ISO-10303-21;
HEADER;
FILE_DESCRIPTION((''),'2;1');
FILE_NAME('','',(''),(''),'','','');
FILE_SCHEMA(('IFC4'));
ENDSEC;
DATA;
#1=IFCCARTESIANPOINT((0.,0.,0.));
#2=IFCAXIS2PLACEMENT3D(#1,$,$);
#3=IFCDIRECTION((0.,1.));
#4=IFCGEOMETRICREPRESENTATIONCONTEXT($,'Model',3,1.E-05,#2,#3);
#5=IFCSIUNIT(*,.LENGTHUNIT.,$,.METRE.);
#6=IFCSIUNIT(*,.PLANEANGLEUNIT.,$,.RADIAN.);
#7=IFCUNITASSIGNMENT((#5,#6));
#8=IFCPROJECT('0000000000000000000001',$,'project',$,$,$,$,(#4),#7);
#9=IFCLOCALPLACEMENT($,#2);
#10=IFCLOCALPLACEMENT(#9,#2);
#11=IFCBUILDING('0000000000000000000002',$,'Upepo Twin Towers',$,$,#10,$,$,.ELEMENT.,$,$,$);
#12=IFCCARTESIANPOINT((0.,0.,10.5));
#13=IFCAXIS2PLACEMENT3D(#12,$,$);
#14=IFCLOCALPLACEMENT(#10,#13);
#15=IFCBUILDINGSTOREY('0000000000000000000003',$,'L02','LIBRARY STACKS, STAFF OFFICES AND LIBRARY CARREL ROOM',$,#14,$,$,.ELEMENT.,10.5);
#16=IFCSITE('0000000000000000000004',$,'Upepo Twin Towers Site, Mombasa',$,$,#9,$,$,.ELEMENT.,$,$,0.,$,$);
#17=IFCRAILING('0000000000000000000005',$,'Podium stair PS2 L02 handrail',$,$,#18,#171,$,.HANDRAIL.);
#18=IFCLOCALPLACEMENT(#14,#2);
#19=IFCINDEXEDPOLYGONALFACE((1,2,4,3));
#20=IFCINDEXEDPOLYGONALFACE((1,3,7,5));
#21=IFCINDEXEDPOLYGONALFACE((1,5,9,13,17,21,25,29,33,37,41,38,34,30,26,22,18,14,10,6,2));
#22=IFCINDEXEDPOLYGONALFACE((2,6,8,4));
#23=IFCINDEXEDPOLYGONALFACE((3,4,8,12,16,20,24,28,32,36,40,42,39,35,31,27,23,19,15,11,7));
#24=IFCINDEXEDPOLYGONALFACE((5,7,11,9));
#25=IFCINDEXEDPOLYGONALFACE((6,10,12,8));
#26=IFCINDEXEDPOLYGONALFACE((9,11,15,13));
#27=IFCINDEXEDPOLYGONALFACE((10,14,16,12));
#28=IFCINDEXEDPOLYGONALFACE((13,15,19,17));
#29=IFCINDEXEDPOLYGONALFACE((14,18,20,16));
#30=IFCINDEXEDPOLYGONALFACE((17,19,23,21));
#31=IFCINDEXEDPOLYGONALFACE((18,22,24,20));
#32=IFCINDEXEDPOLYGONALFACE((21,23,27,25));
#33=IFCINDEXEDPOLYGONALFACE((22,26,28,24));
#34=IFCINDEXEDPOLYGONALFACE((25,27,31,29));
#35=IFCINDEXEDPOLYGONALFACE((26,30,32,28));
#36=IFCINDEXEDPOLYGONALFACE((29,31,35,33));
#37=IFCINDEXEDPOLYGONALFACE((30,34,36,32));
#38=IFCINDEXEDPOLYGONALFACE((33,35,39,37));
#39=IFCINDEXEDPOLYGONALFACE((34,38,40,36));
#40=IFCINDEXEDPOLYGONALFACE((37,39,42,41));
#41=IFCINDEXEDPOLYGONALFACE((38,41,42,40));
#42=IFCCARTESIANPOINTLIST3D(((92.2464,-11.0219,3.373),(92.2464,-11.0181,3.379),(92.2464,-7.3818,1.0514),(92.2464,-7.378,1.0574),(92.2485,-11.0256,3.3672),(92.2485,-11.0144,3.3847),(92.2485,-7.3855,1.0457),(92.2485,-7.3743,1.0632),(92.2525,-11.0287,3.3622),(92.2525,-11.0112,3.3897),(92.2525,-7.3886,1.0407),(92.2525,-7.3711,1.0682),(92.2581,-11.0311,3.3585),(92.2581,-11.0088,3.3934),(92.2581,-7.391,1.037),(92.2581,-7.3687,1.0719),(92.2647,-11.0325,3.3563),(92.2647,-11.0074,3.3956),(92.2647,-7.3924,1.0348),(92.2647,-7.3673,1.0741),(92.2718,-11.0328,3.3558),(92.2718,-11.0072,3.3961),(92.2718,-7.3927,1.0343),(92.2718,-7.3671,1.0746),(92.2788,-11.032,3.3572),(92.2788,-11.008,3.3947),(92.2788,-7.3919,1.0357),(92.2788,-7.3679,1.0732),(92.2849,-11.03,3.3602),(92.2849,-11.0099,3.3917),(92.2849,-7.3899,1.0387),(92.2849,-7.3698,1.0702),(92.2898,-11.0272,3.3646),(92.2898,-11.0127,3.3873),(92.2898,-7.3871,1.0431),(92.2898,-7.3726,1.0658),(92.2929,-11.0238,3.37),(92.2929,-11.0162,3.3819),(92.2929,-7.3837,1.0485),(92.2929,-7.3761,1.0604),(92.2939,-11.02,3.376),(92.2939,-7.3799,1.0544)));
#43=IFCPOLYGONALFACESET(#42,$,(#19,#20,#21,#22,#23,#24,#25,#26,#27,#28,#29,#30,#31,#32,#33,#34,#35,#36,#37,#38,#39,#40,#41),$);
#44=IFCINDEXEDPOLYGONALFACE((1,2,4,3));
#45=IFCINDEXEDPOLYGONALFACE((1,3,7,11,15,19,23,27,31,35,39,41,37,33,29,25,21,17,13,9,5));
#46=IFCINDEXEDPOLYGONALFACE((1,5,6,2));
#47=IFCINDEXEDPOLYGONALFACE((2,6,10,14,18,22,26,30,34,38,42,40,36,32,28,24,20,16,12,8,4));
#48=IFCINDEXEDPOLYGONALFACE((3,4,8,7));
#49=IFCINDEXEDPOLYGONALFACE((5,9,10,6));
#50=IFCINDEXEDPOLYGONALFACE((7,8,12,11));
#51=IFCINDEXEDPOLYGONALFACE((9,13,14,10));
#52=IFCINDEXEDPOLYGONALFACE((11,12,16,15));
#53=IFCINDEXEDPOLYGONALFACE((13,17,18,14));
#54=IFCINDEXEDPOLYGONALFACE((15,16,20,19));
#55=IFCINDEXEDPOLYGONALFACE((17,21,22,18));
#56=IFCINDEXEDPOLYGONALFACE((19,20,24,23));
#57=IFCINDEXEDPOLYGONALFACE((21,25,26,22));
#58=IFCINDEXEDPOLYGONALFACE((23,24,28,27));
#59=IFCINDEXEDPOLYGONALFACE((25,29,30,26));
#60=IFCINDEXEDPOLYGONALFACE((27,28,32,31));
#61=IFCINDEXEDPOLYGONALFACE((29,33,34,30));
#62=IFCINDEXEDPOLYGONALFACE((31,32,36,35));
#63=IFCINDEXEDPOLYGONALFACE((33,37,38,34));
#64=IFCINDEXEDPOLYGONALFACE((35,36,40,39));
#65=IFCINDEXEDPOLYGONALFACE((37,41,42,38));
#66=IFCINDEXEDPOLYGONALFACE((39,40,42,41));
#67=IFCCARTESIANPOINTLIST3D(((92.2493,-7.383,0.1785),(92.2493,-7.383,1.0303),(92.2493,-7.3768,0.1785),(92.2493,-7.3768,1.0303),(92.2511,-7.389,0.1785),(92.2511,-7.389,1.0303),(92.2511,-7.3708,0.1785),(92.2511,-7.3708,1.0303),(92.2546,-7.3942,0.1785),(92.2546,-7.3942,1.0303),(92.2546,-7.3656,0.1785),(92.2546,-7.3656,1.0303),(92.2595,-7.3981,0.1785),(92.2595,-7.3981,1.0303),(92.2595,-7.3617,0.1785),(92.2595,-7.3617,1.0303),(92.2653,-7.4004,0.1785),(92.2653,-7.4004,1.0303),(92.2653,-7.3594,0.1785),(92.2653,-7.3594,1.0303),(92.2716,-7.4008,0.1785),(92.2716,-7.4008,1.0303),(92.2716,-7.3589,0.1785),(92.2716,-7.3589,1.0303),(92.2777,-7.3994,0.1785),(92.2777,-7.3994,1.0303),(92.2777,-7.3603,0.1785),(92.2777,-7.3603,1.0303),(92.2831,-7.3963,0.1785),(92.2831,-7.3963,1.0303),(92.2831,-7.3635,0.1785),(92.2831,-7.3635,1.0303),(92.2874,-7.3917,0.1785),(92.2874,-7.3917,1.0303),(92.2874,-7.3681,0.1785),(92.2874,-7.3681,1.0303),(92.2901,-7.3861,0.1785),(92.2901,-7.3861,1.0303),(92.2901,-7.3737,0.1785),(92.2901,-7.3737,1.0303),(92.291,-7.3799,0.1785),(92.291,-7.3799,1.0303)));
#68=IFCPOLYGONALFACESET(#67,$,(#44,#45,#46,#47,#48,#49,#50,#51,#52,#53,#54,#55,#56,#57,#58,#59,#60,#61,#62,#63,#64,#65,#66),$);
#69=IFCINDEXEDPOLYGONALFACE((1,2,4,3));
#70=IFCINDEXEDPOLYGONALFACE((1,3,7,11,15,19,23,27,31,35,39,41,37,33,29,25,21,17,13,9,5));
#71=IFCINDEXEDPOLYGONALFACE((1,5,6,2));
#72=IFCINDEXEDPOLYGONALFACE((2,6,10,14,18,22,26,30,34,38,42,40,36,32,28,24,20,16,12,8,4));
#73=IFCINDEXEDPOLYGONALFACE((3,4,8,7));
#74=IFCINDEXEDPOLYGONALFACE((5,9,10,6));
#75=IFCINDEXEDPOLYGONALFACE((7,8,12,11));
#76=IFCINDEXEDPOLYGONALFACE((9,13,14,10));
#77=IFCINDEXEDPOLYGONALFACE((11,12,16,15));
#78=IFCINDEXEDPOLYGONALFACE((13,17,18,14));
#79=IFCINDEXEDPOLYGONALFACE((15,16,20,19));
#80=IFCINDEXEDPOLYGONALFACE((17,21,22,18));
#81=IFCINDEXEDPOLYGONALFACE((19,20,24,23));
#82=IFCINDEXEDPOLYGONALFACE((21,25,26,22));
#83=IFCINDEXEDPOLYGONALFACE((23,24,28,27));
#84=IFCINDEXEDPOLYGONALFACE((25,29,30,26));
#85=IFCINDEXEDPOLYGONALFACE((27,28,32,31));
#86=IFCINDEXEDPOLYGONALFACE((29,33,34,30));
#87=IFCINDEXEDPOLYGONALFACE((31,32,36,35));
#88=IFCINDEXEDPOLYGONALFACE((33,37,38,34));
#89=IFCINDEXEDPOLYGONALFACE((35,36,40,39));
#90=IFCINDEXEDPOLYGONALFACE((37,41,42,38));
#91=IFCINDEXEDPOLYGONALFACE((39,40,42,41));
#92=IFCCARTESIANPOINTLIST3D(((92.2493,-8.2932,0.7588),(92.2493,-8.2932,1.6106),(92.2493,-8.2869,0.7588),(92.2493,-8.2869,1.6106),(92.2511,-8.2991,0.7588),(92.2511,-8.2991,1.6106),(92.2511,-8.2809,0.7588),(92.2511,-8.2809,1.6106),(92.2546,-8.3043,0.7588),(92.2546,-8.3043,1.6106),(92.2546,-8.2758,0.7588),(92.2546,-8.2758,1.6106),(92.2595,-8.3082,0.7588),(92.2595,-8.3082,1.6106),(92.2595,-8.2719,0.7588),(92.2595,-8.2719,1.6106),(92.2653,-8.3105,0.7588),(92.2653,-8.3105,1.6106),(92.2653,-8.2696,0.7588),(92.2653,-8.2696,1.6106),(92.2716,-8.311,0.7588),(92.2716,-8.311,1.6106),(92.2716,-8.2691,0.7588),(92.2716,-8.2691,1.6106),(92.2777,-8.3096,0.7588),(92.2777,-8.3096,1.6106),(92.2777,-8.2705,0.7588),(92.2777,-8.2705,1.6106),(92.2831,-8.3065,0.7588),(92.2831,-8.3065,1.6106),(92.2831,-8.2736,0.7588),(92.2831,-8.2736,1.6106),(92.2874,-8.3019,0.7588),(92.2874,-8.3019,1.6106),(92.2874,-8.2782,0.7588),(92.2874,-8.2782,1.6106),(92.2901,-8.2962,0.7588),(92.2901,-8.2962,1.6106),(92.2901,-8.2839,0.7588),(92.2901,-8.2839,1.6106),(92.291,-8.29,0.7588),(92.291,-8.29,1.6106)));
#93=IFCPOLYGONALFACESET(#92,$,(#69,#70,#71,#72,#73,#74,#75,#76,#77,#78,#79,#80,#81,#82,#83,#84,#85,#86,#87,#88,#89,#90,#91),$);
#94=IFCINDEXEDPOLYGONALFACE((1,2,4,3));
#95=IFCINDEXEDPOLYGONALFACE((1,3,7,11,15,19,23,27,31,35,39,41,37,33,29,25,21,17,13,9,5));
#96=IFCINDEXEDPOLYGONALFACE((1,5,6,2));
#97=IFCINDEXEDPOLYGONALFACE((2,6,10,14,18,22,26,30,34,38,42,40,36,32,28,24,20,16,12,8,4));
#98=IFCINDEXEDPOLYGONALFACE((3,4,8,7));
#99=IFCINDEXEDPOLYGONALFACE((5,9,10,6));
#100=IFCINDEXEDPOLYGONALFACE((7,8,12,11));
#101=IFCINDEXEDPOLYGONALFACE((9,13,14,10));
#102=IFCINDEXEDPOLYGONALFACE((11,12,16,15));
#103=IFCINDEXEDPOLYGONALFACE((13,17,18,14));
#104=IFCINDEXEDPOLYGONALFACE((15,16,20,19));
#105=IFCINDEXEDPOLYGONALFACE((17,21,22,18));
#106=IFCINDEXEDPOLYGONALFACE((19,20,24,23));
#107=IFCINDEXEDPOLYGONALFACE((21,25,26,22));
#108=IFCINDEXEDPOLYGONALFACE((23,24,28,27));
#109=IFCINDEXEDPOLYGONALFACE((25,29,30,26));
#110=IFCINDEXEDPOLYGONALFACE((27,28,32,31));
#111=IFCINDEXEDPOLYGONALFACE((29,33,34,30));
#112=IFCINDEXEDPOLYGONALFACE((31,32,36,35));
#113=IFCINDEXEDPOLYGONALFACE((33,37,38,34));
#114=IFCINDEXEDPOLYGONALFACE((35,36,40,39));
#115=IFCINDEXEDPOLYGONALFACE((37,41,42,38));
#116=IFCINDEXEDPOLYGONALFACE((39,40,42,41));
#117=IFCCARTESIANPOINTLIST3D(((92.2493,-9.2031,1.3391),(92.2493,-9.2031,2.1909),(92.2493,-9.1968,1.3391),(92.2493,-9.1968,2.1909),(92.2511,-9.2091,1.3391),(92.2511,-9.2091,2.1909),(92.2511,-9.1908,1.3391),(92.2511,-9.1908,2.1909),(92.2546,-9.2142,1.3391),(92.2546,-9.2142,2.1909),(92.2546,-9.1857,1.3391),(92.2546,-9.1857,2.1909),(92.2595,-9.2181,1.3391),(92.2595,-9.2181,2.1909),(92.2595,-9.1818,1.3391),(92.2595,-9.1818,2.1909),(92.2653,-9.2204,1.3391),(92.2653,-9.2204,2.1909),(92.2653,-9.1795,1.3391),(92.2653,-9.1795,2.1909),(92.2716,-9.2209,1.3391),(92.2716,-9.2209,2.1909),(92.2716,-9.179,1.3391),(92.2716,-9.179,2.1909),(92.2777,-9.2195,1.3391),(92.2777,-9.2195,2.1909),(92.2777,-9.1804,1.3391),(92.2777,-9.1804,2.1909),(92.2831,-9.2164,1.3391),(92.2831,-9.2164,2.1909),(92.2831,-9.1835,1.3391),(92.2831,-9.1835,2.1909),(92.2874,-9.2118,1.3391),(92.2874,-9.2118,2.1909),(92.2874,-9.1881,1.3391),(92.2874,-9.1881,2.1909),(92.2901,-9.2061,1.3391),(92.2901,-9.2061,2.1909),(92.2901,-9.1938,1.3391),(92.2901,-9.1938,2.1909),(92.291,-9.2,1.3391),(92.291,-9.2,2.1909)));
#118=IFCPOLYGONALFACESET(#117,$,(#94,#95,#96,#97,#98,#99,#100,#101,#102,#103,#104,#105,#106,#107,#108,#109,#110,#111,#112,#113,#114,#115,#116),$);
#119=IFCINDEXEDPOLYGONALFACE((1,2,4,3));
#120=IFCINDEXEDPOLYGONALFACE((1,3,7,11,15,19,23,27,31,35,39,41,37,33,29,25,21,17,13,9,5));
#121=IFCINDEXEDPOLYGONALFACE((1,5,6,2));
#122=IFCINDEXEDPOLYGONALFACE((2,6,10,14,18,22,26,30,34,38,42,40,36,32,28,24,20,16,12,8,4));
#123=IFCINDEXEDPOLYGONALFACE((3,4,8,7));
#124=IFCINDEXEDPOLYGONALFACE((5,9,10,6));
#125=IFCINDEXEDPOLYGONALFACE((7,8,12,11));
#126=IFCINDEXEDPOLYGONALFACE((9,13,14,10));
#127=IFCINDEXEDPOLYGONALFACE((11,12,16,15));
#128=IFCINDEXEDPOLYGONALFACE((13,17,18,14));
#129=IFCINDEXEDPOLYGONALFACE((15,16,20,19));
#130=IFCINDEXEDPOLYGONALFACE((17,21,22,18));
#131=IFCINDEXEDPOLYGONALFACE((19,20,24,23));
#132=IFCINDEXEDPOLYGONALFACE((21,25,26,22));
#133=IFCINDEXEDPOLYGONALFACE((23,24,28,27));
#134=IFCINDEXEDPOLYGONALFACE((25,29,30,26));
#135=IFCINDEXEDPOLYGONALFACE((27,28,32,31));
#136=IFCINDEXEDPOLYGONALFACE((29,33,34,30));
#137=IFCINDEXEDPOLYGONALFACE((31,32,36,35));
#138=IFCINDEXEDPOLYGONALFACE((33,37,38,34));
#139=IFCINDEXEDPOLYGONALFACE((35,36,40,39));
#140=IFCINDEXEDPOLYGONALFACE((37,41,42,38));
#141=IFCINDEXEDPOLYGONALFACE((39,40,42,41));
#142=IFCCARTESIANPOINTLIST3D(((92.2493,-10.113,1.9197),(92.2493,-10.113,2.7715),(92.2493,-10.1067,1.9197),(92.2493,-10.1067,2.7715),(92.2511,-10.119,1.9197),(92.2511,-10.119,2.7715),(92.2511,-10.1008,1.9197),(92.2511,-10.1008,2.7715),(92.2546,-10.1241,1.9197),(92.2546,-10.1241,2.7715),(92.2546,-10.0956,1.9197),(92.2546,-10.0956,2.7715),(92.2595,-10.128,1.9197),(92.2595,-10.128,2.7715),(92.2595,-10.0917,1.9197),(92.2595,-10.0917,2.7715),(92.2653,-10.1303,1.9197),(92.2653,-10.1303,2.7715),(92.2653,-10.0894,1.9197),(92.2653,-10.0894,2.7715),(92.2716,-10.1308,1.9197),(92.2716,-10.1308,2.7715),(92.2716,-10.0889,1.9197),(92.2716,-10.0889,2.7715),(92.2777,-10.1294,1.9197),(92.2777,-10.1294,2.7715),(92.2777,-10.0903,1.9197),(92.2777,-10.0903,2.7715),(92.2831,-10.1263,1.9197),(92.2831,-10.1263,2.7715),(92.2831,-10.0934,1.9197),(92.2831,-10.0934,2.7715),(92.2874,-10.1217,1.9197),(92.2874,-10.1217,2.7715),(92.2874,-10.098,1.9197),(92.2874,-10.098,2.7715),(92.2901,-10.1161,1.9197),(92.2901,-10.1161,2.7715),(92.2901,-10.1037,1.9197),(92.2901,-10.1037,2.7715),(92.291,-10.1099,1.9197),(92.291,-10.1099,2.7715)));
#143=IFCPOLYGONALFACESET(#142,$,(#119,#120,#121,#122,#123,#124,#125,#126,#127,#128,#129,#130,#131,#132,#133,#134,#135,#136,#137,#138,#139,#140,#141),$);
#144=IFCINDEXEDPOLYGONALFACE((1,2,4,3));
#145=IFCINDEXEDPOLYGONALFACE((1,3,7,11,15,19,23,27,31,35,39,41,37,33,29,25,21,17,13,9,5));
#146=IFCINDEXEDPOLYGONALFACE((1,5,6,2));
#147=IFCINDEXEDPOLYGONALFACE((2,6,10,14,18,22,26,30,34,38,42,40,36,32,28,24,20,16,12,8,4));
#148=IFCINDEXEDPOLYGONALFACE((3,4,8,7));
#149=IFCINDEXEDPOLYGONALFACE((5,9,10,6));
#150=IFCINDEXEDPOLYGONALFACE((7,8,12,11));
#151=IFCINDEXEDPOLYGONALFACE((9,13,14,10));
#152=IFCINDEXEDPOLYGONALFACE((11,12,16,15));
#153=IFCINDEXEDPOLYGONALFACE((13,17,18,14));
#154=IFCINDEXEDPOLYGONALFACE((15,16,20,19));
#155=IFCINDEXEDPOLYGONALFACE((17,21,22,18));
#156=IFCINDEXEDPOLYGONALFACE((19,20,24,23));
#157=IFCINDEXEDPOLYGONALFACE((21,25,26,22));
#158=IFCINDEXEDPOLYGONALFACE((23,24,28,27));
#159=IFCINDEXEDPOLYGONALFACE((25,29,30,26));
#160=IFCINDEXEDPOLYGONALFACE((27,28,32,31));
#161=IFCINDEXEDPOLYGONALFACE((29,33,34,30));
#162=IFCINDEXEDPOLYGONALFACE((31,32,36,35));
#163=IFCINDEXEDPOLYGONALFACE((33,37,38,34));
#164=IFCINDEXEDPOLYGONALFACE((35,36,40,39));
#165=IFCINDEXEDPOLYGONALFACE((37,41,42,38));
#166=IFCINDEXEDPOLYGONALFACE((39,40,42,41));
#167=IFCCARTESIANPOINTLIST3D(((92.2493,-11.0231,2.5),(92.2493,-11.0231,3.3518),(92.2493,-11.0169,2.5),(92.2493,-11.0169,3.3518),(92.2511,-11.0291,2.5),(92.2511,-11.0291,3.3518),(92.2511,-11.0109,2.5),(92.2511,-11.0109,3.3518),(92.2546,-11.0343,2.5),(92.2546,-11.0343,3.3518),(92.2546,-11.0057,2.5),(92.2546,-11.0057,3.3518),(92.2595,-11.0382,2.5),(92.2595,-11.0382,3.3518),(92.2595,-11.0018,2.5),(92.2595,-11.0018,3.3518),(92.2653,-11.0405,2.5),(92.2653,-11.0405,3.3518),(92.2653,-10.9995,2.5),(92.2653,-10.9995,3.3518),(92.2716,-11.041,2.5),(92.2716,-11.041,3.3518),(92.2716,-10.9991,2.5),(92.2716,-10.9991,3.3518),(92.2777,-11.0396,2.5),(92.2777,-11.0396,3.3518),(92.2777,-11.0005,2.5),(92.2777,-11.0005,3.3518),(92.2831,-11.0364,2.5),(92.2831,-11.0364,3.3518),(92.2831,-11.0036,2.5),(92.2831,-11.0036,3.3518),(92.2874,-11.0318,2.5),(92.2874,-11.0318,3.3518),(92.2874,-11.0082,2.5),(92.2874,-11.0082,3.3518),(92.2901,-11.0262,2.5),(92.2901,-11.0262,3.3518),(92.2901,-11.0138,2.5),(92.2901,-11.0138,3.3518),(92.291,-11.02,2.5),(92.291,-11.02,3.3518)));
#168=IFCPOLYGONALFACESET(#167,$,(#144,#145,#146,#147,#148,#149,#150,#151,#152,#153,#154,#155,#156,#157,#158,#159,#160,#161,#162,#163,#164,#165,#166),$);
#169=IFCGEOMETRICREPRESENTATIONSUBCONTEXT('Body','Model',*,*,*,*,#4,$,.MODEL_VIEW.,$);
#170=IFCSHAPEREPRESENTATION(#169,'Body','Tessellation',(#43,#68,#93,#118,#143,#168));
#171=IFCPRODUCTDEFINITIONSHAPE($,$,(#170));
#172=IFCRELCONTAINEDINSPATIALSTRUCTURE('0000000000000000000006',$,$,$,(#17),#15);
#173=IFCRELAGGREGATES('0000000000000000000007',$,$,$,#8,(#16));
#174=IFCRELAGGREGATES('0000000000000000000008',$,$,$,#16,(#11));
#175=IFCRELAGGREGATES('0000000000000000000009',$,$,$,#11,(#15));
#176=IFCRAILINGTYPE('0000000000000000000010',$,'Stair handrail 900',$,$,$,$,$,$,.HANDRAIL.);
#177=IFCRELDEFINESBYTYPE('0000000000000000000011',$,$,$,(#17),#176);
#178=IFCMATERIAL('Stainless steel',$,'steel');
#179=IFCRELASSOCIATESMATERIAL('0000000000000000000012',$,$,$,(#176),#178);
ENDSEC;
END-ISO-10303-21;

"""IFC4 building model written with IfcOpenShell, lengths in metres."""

from ifc_helpers import new_model, si_unit, direction, frame, origin, origin_2d, place, context, subcontext, project, spatial, circle, extrude, material, type_object, element, save


model = new_model("IFC4")

# Units and contexts
model_context = context("Model", 3, precision=1e-05, world=origin(), true_north=direction((0.0, 1.0)))
body_context = subcontext(model_context, "Body", "Model", "MODEL_VIEW")
ifc_project = project(units=[si_unit("LENGTHUNIT", "METRE"), si_unit("PLANEANGLEUNIT", "RADIAN")], contexts=[model_context])

# Site, building, storey
site_placement = place(None, origin())
site = spatial("IfcSite", under=ifc_project, at=site_placement, Name="Upepo Twin Towers Site, Mombasa", CompositionType="ELEMENT", RefElevation=0.0)
building_placement = place(site_placement, origin())
building = spatial("IfcBuilding", under=site, at=building_placement, Name="Upepo Twin Towers", CompositionType="ELEMENT")
storey_placement = place(building_placement, frame((0.0, 0.0, 10.5)))
storey = spatial("IfcBuildingStorey", under=building, at=storey_placement, Name="L02", Description="LIBRARY STACKS, STAFF OFFICES AND LIBRARY CARREL ROOM", CompositionType="ELEMENT", Elevation=10.5)

# Railing
ifc_material_1 = material(Name="Stainless steel", Category="steel")
railing_type = type_object("IfcRailingType", Name="Stair handrail 900", PredefinedType="HANDRAIL", material=ifc_material_1)
railing_placement = place(storey_placement, frame((92.27, -7.3799, 0.1785)))
element("IfcRailing", 1, at=railing_placement, inside=storey, type_object=railing_type, Name="Podium stair PS2 L02 handrail", PredefinedType="HANDRAIL", context=body_context, shape_type="SweptSolid", body=[
    extrude(circle(Radius=0.0239, at=origin_2d()), frame((0.0, 0.0, 0.876), z_axis=(0.0, -0.843128, 0.537713), x_axis=(1.0, 0.0, 0.0)), (0.0, 0.0, 1.0), 4.3174),
    extrude(circle(Radius=0.021, at=origin_2d()), origin(), (0.0, 0.0, 1.0), 0.8518),
    extrude(circle(Radius=0.021, at=origin_2d()), frame((0.0, -0.9102, 0.5803)), (0.0, 0.0, 1.0), 0.8518),
    extrude(circle(Radius=0.021, at=origin_2d()), frame((0.0, -1.8201, 1.1606)), (0.0, 0.0, 1.0), 0.8518),
    extrude(circle(Radius=0.021, at=origin_2d()), frame((0.0, -2.73, 1.7412)), (0.0, 0.0, 1.0), 0.8518),
    extrude(circle(Radius=0.021, at=origin_2d()), frame((0.0, -3.6401, 2.3215)), (0.0, 0.0, 1.0), 0.8518),
])

save(model, "model.ifc")
